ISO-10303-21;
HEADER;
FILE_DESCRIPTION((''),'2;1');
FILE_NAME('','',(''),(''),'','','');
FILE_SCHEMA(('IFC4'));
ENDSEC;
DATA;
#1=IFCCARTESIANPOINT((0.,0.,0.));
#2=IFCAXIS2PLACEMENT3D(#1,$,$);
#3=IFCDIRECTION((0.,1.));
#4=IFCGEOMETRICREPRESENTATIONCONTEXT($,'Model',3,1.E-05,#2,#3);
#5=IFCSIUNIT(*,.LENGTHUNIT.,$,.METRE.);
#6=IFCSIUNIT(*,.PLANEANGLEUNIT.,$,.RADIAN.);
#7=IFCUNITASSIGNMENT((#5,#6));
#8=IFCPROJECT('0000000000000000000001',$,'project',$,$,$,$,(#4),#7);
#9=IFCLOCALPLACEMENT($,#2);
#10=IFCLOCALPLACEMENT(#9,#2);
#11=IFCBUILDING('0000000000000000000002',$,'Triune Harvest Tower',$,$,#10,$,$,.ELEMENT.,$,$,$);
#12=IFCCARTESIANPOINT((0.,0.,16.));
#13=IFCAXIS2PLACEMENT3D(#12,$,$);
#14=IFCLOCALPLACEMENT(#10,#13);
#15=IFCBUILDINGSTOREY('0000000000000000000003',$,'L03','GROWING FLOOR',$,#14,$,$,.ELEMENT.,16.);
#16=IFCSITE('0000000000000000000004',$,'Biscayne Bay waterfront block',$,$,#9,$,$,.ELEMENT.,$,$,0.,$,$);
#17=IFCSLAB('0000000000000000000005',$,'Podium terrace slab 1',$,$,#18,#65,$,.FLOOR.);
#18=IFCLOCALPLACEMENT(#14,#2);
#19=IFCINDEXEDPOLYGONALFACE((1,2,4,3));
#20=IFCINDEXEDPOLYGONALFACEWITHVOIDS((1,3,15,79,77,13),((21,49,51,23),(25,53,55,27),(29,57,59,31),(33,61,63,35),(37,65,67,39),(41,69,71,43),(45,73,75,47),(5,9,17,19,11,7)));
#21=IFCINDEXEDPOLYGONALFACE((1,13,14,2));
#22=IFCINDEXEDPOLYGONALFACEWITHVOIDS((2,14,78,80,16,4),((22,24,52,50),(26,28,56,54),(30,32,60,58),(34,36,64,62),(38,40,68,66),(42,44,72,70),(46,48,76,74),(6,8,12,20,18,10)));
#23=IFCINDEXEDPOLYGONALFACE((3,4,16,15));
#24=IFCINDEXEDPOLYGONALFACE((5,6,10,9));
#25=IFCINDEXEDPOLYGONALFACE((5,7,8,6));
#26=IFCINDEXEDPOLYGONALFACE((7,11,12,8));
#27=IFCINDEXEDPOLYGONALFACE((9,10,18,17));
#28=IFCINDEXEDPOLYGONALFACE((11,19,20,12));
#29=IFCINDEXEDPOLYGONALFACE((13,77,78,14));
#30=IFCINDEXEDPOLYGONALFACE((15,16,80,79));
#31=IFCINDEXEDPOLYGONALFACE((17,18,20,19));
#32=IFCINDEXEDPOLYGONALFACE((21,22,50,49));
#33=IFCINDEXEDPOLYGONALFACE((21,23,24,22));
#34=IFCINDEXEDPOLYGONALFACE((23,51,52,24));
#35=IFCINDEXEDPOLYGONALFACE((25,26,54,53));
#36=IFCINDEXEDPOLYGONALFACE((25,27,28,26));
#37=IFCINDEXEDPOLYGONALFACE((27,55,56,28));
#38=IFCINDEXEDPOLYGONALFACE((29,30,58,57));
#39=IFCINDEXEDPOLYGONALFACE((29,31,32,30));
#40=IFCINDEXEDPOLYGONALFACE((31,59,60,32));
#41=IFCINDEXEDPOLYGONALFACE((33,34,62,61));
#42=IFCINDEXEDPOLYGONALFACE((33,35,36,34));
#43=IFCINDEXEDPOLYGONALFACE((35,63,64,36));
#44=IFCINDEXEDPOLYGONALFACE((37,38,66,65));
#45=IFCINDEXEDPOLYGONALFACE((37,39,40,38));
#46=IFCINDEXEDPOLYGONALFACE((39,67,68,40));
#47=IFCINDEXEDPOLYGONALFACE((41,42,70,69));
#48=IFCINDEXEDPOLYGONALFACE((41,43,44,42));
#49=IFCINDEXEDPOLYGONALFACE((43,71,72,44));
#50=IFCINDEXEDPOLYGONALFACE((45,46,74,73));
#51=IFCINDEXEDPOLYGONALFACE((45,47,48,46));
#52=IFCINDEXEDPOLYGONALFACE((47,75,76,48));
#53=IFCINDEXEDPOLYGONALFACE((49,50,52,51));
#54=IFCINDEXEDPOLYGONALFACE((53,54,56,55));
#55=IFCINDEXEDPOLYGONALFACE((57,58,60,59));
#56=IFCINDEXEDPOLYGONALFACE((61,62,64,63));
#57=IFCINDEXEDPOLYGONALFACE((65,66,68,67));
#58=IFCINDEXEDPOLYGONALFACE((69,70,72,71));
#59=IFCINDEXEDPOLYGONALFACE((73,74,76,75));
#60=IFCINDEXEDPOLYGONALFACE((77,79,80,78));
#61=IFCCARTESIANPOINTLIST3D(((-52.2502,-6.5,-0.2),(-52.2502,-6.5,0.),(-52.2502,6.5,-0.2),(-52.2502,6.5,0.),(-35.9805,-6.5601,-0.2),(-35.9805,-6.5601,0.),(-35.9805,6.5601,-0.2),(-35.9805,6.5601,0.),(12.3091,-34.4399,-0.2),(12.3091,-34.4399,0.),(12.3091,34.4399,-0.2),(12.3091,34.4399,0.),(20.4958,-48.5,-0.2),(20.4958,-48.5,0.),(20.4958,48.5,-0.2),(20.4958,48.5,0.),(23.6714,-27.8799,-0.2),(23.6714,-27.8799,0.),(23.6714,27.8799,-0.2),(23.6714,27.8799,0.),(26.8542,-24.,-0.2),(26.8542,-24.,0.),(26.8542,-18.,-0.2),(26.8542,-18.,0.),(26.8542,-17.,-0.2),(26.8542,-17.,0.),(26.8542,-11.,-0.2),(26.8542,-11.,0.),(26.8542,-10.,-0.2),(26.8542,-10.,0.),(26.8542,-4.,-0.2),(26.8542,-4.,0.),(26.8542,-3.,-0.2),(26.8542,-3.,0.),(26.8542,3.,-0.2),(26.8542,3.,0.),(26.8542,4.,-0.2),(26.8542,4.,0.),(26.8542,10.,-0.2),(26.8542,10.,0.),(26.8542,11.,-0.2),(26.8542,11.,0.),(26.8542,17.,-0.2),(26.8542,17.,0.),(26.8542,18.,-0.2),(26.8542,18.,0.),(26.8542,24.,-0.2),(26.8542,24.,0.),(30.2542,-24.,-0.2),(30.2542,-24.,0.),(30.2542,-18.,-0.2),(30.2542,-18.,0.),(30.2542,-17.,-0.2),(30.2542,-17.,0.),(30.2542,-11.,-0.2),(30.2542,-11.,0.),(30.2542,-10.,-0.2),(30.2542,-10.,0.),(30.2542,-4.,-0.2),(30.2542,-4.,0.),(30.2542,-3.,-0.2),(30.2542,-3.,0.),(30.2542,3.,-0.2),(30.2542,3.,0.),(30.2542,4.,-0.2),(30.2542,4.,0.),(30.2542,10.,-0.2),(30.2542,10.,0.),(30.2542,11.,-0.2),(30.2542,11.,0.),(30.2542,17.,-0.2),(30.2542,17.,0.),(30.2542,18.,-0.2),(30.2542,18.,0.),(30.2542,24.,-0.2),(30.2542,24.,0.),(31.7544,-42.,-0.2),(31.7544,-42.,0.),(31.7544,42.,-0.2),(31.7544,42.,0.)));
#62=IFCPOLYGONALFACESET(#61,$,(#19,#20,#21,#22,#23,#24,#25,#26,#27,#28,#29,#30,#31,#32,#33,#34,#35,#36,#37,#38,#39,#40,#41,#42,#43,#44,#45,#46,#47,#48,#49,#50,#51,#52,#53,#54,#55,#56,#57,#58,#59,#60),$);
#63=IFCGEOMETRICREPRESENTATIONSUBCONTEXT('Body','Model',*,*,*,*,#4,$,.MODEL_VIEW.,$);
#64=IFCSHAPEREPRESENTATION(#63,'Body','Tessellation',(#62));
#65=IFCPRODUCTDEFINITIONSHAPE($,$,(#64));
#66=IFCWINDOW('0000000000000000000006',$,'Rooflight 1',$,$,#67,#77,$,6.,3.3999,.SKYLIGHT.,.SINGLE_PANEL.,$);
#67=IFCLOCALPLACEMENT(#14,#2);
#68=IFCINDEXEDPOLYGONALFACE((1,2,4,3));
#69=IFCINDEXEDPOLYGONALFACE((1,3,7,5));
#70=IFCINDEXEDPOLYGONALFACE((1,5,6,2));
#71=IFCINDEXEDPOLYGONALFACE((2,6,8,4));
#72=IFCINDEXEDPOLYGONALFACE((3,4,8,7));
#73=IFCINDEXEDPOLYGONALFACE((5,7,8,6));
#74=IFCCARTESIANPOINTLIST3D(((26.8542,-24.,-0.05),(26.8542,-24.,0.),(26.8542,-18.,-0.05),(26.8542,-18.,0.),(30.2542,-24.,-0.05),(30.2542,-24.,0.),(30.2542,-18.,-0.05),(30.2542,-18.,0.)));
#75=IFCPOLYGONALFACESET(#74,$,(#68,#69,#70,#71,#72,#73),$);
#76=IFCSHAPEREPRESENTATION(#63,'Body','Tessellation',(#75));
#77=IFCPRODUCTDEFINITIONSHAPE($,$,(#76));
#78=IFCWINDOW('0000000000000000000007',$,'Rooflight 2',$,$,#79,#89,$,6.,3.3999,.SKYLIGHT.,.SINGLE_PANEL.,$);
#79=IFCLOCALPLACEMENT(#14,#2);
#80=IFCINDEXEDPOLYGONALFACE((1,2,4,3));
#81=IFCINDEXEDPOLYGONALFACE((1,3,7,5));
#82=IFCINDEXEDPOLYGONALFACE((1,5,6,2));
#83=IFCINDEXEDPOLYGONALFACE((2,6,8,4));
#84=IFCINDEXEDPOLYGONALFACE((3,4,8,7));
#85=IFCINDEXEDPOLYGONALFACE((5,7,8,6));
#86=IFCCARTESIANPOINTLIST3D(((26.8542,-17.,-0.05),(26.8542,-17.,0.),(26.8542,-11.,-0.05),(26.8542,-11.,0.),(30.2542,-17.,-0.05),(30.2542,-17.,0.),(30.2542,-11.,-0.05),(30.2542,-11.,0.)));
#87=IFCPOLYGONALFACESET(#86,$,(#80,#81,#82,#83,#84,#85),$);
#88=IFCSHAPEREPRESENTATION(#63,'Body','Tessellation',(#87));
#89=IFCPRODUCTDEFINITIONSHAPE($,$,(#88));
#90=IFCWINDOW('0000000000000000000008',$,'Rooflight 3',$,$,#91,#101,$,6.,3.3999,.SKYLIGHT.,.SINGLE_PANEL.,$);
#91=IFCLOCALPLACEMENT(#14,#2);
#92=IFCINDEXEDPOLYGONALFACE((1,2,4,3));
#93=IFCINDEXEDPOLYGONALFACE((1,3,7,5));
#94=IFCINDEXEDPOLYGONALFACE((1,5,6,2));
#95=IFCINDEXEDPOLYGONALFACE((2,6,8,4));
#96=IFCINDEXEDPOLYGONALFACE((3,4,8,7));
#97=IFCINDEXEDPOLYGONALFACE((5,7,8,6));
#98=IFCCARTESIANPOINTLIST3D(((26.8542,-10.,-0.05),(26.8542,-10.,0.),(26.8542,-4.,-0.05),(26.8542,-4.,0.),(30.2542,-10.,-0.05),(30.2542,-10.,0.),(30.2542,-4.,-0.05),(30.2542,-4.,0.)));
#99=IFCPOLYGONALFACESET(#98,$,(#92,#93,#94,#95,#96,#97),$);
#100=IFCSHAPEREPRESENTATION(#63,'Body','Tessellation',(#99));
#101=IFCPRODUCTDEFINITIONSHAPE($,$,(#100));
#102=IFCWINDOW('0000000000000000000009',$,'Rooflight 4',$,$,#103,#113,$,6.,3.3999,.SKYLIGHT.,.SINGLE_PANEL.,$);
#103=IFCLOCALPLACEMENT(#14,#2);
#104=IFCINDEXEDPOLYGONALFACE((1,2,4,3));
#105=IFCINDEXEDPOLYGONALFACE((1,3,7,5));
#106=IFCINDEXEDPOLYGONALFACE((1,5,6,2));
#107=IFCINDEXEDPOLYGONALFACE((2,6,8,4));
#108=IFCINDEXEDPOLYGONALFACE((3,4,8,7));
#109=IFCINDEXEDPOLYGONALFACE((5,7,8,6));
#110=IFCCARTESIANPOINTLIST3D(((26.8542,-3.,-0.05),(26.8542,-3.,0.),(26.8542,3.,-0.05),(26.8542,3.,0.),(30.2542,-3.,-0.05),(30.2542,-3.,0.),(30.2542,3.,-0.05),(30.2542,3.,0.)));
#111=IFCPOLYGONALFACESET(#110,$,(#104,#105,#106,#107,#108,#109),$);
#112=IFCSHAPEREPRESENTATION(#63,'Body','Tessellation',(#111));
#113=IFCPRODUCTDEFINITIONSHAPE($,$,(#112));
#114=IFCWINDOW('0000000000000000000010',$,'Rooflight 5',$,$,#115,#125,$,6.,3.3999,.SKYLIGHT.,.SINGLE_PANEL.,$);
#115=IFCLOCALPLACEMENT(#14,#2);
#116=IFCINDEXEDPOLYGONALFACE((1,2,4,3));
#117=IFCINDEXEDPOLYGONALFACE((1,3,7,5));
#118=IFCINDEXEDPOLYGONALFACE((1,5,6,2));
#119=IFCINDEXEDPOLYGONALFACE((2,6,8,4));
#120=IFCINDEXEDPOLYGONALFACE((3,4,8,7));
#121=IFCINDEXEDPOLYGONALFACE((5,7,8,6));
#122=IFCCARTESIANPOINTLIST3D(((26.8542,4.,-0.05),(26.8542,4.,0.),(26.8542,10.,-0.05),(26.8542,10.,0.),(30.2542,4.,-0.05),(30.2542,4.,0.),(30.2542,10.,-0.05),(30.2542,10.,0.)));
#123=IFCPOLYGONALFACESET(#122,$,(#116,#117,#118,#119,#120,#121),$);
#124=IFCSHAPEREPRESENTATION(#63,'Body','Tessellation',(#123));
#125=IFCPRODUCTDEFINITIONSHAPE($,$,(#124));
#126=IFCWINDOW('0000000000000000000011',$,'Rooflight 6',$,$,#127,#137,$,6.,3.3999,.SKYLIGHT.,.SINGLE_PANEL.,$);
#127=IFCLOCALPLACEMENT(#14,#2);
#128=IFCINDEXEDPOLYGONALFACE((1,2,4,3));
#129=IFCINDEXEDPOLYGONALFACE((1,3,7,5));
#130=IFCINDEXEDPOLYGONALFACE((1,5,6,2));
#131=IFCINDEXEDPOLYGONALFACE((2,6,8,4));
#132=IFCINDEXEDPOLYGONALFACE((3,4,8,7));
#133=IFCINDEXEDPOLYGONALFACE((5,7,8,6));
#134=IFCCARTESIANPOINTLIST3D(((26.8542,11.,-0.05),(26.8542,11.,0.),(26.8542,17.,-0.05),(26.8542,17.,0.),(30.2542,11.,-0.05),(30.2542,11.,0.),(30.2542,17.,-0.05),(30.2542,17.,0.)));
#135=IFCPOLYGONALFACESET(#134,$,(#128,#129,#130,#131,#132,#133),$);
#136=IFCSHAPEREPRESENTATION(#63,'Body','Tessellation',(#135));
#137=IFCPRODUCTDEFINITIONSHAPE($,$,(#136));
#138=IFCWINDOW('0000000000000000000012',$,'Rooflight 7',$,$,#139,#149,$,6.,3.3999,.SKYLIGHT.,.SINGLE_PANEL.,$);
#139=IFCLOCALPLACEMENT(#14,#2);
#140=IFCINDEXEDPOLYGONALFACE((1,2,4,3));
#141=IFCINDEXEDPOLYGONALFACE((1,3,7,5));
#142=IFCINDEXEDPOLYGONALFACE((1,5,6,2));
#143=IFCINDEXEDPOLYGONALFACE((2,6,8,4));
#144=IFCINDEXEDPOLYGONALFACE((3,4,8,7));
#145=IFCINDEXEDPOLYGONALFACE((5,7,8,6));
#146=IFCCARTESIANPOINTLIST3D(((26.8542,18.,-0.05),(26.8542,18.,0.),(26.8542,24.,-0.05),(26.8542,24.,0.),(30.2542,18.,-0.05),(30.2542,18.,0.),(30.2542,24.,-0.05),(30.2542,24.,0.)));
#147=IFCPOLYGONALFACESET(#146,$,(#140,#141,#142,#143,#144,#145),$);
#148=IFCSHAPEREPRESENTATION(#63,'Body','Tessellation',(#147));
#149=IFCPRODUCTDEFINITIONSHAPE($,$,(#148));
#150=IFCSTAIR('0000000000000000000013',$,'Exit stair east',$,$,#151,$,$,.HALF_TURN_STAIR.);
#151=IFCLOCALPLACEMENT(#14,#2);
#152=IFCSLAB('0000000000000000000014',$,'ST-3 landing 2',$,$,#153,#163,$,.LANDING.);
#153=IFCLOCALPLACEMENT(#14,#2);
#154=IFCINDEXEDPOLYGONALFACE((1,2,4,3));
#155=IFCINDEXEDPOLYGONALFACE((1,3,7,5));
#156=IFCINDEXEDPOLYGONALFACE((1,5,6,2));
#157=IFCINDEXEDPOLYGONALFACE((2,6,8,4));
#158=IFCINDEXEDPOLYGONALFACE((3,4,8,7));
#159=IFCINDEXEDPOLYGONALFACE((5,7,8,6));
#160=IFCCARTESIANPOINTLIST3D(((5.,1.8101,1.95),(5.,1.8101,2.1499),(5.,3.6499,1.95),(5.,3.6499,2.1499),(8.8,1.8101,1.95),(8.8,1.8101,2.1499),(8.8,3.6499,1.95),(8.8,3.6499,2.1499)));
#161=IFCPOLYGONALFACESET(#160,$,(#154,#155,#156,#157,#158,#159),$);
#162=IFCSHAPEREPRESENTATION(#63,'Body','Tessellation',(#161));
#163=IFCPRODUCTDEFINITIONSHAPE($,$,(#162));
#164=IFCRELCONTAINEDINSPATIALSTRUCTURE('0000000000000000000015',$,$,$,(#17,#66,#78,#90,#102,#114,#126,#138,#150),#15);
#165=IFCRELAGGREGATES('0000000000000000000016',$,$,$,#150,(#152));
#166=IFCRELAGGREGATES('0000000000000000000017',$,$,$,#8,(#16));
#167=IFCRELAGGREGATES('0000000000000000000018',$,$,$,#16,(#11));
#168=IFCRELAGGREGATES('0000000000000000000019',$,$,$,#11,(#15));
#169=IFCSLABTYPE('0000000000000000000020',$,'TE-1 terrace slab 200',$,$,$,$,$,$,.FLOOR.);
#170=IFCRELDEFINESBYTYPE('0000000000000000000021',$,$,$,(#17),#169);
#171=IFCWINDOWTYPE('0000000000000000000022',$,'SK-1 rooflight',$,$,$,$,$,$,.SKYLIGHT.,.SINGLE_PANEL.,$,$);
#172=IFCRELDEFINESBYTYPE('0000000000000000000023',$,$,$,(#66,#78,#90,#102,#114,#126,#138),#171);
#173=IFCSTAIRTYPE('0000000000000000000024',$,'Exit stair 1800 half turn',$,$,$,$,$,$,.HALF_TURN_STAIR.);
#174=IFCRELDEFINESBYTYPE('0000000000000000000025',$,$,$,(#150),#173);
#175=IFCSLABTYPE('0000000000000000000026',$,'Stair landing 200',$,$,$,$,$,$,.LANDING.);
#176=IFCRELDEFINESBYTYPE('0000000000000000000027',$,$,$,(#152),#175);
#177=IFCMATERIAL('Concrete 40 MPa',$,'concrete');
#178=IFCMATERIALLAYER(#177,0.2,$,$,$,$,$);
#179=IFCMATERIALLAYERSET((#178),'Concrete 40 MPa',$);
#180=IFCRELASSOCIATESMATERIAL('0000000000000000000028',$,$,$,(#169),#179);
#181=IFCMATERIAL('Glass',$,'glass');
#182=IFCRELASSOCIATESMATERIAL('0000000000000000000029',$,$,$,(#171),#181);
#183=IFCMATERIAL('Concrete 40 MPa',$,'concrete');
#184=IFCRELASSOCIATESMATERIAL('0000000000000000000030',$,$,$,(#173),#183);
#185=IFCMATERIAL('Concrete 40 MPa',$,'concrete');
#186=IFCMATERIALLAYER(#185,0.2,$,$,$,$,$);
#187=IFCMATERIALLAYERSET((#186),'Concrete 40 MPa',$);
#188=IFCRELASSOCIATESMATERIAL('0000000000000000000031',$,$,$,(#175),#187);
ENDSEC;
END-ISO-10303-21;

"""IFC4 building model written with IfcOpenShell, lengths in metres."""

from ifc_helpers import new_model, si_unit, direction, frame, origin, origin_2d, place, context, subcontext, project, spatial, polyline, rectangle, outline, extrude, source, transform, mapped, material, layer, layer_set, type_object, element, fill, aggregate, save


model = new_model("IFC4")

# Units and contexts
model_context = context("Model", 3, precision=1e-05, world=origin(), true_north=direction((0.0, 1.0)))
body_context = subcontext(model_context, "Body", "Model", "MODEL_VIEW")
ifc_project = project(units=[si_unit("LENGTHUNIT", "METRE"), si_unit("PLANEANGLEUNIT", "RADIAN")], contexts=[model_context])

# Site, building, storey
site_placement = place(None, origin())
site = spatial("IfcSite", under=ifc_project, at=site_placement, Name="Biscayne Bay waterfront block", CompositionType="ELEMENT", RefElevation=0.0)
building_placement = place(site_placement, origin())
building = spatial("IfcBuilding", under=site, at=building_placement, Name="Triune Harvest Tower", CompositionType="ELEMENT")
storey_placement = place(building_placement, frame((0.0, 0.0, 16.0)))
storey = spatial("IfcBuildingStorey", under=building, at=storey_placement, Name="L03", Description="GROWING FLOOR", CompositionType="ELEMENT", Elevation=16.0)

# Slab, openings, windows
ifc_material_1 = material(Name="Concrete 40 MPa", Category="concrete")
ifc_layer_1 = layer(ifc_material_1, 0.2)
ifc_layer_set_1 = layer_set([ifc_layer_1], Name="Concrete 40 MPa")
slab_type_1 = type_object("IfcSlabType", Name="TE-1 terrace slab 200", PredefinedType="FLOOR", material=ifc_layer_set_1)
slab_1_placement = place(storey_placement, frame((0.0, 0.0, -0.2)))
slab_1 = element("IfcSlab", 1, at=slab_1_placement, inside=storey, type_object=slab_type_1, Name="Podium terrace slab 1", PredefinedType="FLOOR", context=body_context, shape_type="SweptSolid", body=[
    extrude(outline(polyline([(20.4958, -48.5), (-52.2502, -6.5), (-52.2502, 6.5), (20.4958, 48.5), (31.7544, 42.0), (31.7544, -42.0), (20.4958, -48.5)]), holes=[polyline([(23.6714, 27.8799), (12.3091, 34.4399), (-35.9805, 6.5601), (-35.9805, -6.5601), (12.3091, -34.4399), (23.6714, -27.8799), (23.6714, 27.8799)])]), origin(), (0.0, 0.0, 1.0), 0.2),
])
opening_1_placement = place(slab_1_placement, frame((28.5542, -21.0, 0.0)))
opening_1 = element("IfcOpeningElement", 2, at=opening_1_placement, cuts=slab_1, PredefinedType="OPENING", context=body_context, shape_type="SweptSolid", body=[
    extrude(rectangle(XDim=3.3999, YDim=6.0, at=origin_2d()), origin(), (0.0, 0.0, 1.0), 0.2),
])
opening_2_placement = place(slab_1_placement, frame((28.5542, -14.0, 0.0)))
opening_2 = element("IfcOpeningElement", 3, at=opening_2_placement, cuts=slab_1, PredefinedType="OPENING", context=body_context, shape_type="SweptSolid", body=[
    extrude(rectangle(XDim=3.3999, YDim=6.0, at=origin_2d()), origin(), (0.0, 0.0, 1.0), 0.2),
])
opening_3_placement = place(slab_1_placement, frame((28.5542, -7.0, 0.0)))
opening_3 = element("IfcOpeningElement", 4, at=opening_3_placement, cuts=slab_1, PredefinedType="OPENING", context=body_context, shape_type="SweptSolid", body=[
    extrude(rectangle(XDim=3.3999, YDim=6.0, at=origin_2d()), origin(), (0.0, 0.0, 1.0), 0.2),
])
opening_4_placement = place(slab_1_placement, frame((28.5542, 0.0, 0.0)))
opening_4 = element("IfcOpeningElement", 5, at=opening_4_placement, cuts=slab_1, PredefinedType="OPENING", context=body_context, shape_type="SweptSolid", body=[
    extrude(rectangle(XDim=3.3999, YDim=6.0, at=origin_2d()), origin(), (0.0, 0.0, 1.0), 0.2),
])
opening_5_placement = place(slab_1_placement, frame((28.5542, 7.0, 0.0)))
opening_5 = element("IfcOpeningElement", 6, at=opening_5_placement, cuts=slab_1, PredefinedType="OPENING", context=body_context, shape_type="SweptSolid", body=[
    extrude(rectangle(XDim=3.3999, YDim=6.0, at=origin_2d()), origin(), (0.0, 0.0, 1.0), 0.2),
])
opening_6_placement = place(slab_1_placement, frame((28.5542, 14.0, 0.0)))
opening_6 = element("IfcOpeningElement", 7, at=opening_6_placement, cuts=slab_1, PredefinedType="OPENING", context=body_context, shape_type="SweptSolid", body=[
    extrude(rectangle(XDim=3.3999, YDim=6.0, at=origin_2d()), origin(), (0.0, 0.0, 1.0), 0.2),
])
opening_7_placement = place(slab_1_placement, frame((28.5542, 21.0, 0.0)))
opening_7 = element("IfcOpeningElement", 8, at=opening_7_placement, cuts=slab_1, PredefinedType="OPENING", context=body_context, shape_type="SweptSolid", body=[
    extrude(rectangle(XDim=3.3999, YDim=6.0, at=origin_2d()), origin(), (0.0, 0.0, 1.0), 0.2),
])
ifc_material_2 = material(Name="Glass", Category="glass")
window_type = type_object("IfcWindowType", Name="SK-1 rooflight", PartitioningType="SINGLE_PANEL", PredefinedType="SKYLIGHT", material=ifc_material_2)
window_1_placement = place(opening_1_placement, frame((0.0, 0.0, 0.1499)))
window_1 = element("IfcWindow", 9, at=window_1_placement, inside=storey, type_object=window_type, Name="Rooflight 1", OverallHeight=6.0, OverallWidth=3.3999, PartitioningType="SINGLE_PANEL", PredefinedType="SKYLIGHT", context=body_context, shape_type="SweptSolid", body=[
    extrude(rectangle(XDim=3.3999, YDim=6.0, at=origin_2d()), origin(), (0.0, 0.0, 1.0), 0.05),
])
fill(opening_1, window_1)
window_2_placement = place(opening_2_placement, frame((0.0, 0.0, 0.1499)))
window_2 = element("IfcWindow", 10, at=window_2_placement, inside=storey, type_object=window_type, Name="Rooflight 2", OverallHeight=6.0, OverallWidth=3.3999, PartitioningType="SINGLE_PANEL", PredefinedType="SKYLIGHT", context=body_context, shape_type="SweptSolid", body=[
    extrude(rectangle(XDim=3.3999, YDim=6.0, at=origin_2d()), origin(), (0.0, 0.0, 1.0), 0.05),
])
fill(opening_2, window_2)
window_3_placement = place(opening_3_placement, frame((0.0, 0.0, 0.1499)))
window_3 = element("IfcWindow", 11, at=window_3_placement, inside=storey, type_object=window_type, Name="Rooflight 3", OverallHeight=6.0, OverallWidth=3.3999, PartitioningType="SINGLE_PANEL", PredefinedType="SKYLIGHT", context=body_context, shape_type="SweptSolid", body=[
    extrude(rectangle(XDim=3.3999, YDim=6.0, at=origin_2d()), origin(), (0.0, 0.0, 1.0), 0.05),
])
fill(opening_3, window_3)
window_4_placement = place(opening_4_placement, frame((0.0, 0.0, 0.1499)))
window_4 = element("IfcWindow", 12, at=window_4_placement, inside=storey, type_object=window_type, Name="Rooflight 4", OverallHeight=6.0, OverallWidth=3.3999, PartitioningType="SINGLE_PANEL", PredefinedType="SKYLIGHT", context=body_context, shape_type="SweptSolid", body=[
    extrude(rectangle(XDim=3.3999, YDim=6.0, at=origin_2d()), origin(), (0.0, 0.0, 1.0), 0.05),
])
fill(opening_4, window_4)
window_5_placement = place(opening_5_placement, frame((0.0, 0.0, 0.1499)))
window_5 = element("IfcWindow", 13, at=window_5_placement, inside=storey, type_object=window_type, Name="Rooflight 5", OverallHeight=6.0, OverallWidth=3.3999, PartitioningType="SINGLE_PANEL", PredefinedType="SKYLIGHT", context=body_context, shape_type="SweptSolid", body=[
    extrude(rectangle(XDim=3.3999, YDim=6.0, at=origin_2d()), origin(), (0.0, 0.0, 1.0), 0.05),
])
fill(opening_5, window_5)
window_6_placement = place(opening_6_placement, frame((0.0, 0.0, 0.1499)))
window_6 = element("IfcWindow", 14, at=window_6_placement, inside=storey, type_object=window_type, Name="Rooflight 6", OverallHeight=6.0, OverallWidth=3.3999, PartitioningType="SINGLE_PANEL", PredefinedType="SKYLIGHT", context=body_context, shape_type="SweptSolid", body=[
    extrude(rectangle(XDim=3.3999, YDim=6.0, at=origin_2d()), origin(), (0.0, 0.0, 1.0), 0.05),
])
fill(opening_6, window_6)
window_7_placement = place(opening_7_placement, frame((0.0, 0.0, 0.1499)))
window_7 = element("IfcWindow", 15, at=window_7_placement, inside=storey, type_object=window_type, Name="Rooflight 7", OverallHeight=6.0, OverallWidth=3.3999, PartitioningType="SINGLE_PANEL", PredefinedType="SKYLIGHT", context=body_context, shape_type="SweptSolid", body=[
    extrude(rectangle(XDim=3.3999, YDim=6.0, at=origin_2d()), origin(), (0.0, 0.0, 1.0), 0.05),
])
fill(opening_7, window_7)

# Stair, slab
ifc_material_3 = material(Name="Concrete 40 MPa", Category="concrete")
stair_type = type_object("IfcStairType", Name="Exit stair 1800 half turn", PredefinedType="HALF_TURN_STAIR", material=ifc_material_3)
stair_placement = place(storey_placement, origin())
stair = element("IfcStair", 16, at=stair_placement, inside=storey, type_object=stair_type, Name="Exit stair east", PredefinedType="HALF_TURN_STAIR")
ifc_material_4 = material(Name="Concrete 40 MPa", Category="concrete")
ifc_layer_2 = layer(ifc_material_4, 0.2)
ifc_layer_set_2 = layer_set([ifc_layer_2], Name="Concrete 40 MPa")
slab_type_2 = type_object("IfcSlabType", Name="Stair landing 200", PredefinedType="LANDING", material=ifc_layer_set_2)
shared_shape_1 = source(origin(), body_context, "Body", "SweptSolid", [
    extrude(outline(polyline([(8.8, 1.8101), (8.8, 3.6499), (5.0, 3.6499), (5.0, 1.8101), (8.8, 1.8101)])), origin(), (0.0, 0.0, 1.0), 0.2),
])
slab_2_placement = place(storey_placement, frame((0.0, 0.0, 1.95)))
slab_2 = element("IfcSlab", 17, at=slab_2_placement, type_object=slab_type_2, Name="ST-3 landing 2", PredefinedType="LANDING", context=body_context, shape_type="MappedRepresentation", body=[
    mapped(shared_shape_1, transform((0.0, 0.0, 0.0), scale=1.0)),
])
aggregate(stair, [slab_2])

save(model, "model.ifc")
